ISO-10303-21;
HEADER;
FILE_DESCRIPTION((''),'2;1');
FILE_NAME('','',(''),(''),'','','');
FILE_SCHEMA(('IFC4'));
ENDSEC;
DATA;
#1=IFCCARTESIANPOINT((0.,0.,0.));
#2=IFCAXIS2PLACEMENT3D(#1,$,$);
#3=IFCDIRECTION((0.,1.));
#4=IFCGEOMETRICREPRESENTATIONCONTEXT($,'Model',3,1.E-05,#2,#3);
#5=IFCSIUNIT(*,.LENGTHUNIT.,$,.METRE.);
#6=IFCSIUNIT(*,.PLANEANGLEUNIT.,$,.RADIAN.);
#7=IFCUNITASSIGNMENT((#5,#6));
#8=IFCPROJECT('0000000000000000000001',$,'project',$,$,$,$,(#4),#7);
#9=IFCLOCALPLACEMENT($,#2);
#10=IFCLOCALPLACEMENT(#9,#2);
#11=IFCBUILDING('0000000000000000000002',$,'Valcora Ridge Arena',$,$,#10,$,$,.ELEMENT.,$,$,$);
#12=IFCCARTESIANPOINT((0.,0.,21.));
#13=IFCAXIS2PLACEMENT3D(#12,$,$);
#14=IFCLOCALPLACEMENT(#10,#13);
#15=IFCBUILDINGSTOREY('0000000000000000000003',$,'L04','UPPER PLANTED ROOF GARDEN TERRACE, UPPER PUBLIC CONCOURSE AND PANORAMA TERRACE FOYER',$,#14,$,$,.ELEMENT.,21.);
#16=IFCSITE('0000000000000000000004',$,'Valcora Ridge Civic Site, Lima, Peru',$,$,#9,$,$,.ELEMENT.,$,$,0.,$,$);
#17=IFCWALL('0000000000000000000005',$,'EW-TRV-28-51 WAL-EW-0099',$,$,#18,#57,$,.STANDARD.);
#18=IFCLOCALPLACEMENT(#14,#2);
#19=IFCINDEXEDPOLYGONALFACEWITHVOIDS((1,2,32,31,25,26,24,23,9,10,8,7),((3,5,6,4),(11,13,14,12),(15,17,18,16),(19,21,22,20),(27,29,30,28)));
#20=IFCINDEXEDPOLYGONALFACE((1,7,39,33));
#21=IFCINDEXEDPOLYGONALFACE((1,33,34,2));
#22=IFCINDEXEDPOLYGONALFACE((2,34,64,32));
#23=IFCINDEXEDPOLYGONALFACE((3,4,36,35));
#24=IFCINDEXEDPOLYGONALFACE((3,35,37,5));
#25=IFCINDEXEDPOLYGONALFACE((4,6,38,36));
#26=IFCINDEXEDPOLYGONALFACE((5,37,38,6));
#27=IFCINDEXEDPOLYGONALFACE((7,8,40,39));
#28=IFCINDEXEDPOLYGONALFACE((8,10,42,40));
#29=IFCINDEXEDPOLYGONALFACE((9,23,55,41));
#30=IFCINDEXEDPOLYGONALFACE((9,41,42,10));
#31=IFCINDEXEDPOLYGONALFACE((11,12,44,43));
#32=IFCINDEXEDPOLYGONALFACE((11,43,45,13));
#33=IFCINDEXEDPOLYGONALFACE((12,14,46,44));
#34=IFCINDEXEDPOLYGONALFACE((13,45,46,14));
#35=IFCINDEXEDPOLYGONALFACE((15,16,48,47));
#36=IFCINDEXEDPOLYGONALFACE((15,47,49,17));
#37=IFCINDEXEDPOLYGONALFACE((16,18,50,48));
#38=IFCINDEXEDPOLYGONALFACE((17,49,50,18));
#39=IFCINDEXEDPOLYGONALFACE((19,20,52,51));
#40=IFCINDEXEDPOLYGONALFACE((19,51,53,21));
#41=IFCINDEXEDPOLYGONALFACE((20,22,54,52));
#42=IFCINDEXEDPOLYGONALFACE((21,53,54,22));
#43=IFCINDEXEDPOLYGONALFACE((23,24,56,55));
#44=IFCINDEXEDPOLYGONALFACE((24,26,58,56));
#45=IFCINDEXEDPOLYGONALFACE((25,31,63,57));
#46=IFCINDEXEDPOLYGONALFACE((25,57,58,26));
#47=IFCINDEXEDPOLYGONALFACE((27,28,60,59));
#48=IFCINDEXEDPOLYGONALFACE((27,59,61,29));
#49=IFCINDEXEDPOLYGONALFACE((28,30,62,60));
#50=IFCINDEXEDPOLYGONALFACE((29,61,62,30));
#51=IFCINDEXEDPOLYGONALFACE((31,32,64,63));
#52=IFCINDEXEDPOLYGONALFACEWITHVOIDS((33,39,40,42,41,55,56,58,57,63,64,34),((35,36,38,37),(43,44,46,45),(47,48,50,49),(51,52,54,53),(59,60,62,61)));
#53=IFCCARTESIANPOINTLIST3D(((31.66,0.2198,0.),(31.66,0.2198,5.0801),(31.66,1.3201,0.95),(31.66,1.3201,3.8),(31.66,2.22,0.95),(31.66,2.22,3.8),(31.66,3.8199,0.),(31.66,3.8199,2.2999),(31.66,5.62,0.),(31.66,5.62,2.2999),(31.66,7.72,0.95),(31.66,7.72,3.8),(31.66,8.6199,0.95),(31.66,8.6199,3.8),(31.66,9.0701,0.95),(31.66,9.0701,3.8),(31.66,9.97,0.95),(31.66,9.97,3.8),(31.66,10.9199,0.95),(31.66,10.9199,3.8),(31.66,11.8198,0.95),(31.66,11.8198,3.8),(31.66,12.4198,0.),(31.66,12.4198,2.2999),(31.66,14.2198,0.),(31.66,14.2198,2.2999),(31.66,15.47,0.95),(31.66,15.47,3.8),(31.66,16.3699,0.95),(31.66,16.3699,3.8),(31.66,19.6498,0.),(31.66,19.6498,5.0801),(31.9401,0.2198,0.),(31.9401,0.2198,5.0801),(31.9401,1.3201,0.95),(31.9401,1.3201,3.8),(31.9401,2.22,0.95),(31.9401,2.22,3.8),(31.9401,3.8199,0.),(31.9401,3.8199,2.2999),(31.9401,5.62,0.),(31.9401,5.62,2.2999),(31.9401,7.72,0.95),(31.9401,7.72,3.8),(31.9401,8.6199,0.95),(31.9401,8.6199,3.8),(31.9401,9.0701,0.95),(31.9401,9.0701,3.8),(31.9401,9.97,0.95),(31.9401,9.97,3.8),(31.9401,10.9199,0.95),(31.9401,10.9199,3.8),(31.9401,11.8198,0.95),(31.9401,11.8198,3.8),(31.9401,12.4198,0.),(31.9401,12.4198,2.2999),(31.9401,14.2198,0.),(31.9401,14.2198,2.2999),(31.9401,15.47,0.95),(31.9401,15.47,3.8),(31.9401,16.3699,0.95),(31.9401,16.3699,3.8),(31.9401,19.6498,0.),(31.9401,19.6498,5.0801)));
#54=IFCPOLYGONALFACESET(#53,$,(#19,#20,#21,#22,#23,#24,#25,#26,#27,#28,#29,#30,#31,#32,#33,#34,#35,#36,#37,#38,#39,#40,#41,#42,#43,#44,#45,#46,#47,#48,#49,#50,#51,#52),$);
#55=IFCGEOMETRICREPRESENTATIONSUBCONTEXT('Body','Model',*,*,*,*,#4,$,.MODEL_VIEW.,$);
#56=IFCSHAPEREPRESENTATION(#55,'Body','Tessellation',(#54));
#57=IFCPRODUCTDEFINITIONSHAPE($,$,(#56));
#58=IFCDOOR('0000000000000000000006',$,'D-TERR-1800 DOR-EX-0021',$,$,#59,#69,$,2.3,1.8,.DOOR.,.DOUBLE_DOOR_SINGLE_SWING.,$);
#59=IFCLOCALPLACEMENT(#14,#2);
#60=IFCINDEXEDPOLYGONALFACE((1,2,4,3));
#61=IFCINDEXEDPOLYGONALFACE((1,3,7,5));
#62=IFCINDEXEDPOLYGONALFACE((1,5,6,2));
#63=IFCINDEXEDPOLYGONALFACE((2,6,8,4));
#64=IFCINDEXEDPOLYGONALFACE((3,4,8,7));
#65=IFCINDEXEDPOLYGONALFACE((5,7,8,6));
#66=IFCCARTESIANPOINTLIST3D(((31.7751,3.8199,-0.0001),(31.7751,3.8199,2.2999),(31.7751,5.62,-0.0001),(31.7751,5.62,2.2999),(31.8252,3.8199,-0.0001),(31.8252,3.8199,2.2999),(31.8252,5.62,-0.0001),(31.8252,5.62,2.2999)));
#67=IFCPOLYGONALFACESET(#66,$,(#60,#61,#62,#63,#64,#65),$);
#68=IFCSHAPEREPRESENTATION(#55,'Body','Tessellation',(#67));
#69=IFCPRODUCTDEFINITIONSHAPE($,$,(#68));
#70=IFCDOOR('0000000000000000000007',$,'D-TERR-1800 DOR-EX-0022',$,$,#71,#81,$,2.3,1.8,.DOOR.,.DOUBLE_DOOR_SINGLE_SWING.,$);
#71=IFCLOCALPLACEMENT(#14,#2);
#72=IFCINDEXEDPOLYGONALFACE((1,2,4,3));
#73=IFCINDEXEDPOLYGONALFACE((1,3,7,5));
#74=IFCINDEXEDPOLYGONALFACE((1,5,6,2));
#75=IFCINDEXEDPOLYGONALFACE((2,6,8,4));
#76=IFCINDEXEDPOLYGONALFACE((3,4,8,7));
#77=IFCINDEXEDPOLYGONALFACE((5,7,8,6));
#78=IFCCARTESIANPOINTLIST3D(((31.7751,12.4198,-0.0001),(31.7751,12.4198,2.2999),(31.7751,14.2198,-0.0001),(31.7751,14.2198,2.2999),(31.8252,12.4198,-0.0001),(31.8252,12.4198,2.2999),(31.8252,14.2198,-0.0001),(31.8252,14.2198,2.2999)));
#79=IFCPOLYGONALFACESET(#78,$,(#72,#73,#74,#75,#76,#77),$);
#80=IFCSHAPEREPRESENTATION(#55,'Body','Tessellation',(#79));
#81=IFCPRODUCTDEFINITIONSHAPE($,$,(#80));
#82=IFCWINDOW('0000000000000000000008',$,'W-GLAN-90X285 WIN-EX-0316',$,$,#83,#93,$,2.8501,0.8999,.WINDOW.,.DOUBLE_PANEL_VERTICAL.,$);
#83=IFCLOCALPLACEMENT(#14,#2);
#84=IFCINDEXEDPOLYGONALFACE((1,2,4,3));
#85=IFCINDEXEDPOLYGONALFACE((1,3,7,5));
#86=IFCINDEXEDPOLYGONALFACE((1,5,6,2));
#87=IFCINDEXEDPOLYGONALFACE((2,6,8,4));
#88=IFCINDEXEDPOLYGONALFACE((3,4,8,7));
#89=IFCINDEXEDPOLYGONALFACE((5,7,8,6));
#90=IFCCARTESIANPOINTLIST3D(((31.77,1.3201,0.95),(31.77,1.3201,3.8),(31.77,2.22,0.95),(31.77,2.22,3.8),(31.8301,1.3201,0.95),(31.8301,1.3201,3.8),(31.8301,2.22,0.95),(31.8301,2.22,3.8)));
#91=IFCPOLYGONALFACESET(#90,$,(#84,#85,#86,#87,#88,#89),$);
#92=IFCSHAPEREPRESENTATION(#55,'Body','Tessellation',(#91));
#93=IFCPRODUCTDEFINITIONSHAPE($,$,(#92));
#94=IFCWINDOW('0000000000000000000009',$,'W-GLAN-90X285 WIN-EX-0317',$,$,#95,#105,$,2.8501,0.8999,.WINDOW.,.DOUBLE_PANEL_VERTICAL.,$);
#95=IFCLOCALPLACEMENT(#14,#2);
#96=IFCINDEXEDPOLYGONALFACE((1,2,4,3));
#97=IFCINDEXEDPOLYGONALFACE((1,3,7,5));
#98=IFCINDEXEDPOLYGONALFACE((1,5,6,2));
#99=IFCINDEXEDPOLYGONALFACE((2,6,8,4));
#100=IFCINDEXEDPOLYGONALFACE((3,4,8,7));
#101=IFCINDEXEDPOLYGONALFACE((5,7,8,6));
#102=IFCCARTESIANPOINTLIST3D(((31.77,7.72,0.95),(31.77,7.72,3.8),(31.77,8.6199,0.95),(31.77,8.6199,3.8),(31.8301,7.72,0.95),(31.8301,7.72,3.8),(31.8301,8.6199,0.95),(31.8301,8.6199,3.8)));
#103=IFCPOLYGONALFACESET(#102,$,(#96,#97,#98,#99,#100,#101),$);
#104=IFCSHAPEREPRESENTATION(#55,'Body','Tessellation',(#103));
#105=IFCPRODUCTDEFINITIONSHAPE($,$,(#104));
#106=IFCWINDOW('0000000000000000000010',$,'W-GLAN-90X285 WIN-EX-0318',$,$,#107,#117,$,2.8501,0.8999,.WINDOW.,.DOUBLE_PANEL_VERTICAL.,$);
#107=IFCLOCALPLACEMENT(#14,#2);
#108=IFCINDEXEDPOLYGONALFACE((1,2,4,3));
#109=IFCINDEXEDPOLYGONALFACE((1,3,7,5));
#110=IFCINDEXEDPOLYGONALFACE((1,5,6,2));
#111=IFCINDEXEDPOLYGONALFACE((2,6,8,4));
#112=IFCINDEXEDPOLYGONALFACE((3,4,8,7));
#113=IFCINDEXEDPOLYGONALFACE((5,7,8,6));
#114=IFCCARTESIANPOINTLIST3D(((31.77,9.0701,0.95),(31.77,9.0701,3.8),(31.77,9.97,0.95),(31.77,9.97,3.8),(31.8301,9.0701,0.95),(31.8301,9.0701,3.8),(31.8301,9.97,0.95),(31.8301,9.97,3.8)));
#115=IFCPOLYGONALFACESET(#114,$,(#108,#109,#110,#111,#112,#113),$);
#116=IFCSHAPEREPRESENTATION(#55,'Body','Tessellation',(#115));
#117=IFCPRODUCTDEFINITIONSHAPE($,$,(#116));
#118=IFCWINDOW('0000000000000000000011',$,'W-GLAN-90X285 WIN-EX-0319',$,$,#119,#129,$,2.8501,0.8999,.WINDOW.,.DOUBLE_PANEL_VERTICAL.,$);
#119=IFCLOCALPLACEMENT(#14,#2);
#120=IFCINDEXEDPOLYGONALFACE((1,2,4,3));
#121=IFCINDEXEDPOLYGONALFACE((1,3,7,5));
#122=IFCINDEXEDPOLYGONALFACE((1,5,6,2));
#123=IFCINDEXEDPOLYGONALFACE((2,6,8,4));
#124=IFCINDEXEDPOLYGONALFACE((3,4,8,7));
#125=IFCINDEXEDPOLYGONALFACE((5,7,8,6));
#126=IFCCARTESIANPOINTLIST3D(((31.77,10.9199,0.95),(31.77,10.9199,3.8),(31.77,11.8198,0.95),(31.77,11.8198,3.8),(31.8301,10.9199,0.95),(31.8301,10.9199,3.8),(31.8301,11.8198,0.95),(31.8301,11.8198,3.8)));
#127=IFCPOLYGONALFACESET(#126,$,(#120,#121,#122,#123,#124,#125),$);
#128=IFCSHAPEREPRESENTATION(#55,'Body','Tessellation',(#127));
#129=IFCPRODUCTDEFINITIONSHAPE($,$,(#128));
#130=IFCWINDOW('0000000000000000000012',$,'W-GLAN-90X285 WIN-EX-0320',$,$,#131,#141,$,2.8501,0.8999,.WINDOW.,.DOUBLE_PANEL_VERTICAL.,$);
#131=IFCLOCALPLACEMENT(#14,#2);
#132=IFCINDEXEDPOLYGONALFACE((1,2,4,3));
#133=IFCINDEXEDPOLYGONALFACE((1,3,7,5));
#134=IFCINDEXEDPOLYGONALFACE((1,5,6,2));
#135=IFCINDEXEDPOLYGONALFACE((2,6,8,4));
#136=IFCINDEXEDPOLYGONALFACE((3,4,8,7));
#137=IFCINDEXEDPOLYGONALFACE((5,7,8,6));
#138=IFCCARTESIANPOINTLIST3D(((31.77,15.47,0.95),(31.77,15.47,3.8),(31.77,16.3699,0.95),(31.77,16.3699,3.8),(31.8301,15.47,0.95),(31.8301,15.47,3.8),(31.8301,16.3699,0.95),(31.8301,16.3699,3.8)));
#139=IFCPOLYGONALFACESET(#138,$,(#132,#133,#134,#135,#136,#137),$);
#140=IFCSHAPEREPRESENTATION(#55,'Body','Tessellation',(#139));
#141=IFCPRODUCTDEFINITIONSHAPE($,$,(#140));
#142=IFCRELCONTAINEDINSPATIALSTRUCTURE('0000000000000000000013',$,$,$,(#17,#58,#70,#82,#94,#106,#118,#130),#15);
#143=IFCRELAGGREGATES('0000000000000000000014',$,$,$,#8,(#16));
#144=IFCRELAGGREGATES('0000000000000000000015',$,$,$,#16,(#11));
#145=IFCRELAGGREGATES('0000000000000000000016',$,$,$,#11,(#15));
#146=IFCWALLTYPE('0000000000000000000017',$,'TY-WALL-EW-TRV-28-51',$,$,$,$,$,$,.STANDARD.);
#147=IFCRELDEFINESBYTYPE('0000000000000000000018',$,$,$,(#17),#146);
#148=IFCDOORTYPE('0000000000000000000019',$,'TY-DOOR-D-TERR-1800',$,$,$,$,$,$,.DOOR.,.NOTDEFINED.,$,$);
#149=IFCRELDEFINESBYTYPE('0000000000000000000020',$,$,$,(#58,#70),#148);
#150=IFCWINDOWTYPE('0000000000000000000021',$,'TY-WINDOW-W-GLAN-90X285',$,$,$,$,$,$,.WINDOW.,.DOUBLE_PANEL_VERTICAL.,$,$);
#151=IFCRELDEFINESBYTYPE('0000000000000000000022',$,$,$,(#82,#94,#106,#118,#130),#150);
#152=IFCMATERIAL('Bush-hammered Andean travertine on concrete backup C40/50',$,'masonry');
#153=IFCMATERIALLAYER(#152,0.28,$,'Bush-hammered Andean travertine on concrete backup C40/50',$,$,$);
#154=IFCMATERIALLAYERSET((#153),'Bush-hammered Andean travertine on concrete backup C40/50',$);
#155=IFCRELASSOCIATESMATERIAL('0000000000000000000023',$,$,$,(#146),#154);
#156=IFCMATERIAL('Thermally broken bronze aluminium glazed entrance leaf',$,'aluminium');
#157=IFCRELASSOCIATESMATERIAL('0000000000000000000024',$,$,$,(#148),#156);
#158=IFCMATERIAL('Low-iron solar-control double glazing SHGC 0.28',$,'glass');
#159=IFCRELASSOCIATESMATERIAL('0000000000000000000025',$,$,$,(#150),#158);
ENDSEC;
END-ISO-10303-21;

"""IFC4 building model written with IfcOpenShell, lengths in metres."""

from ifc_helpers import new_model, si_unit, direction, frame, frame_2d, origin, place, context, subcontext, project, spatial, rectangle, extrude, material, layer, layer_set, type_object, element, fill, save


model = new_model("IFC4")

# Units and contexts
model_context = context("Model", 3, precision=1e-05, world=origin(), true_north=direction((0.0, 1.0)))
body_context = subcontext(model_context, "Body", "Model", "MODEL_VIEW")
ifc_project = project(units=[si_unit("LENGTHUNIT", "METRE"), si_unit("PLANEANGLEUNIT", "RADIAN")], contexts=[model_context])

# Site, building, storey
site_placement = place(None, origin())
site = spatial("IfcSite", under=ifc_project, at=site_placement, Name="Valcora Ridge Civic Site, Lima, Peru", CompositionType="ELEMENT", RefElevation=0.0)
building_placement = place(site_placement, origin())
building = spatial("IfcBuilding", under=site, at=building_placement, Name="Valcora Ridge Arena", CompositionType="ELEMENT")
storey_placement = place(building_placement, frame((0.0, 0.0, 21.0)))
storey = spatial("IfcBuildingStorey", under=building, at=storey_placement, Name="L04", Description="UPPER PLANTED ROOF GARDEN TERRACE, UPPER PUBLIC CONCOURSE AND PANORAMA TERRACE FOYER", CompositionType="ELEMENT", Elevation=21.0)

# Shared definitions
ifc_material_1 = material(Name="Low-iron solar-control double glazing SHGC 0.28", Category="glass")

# Wall, openings, doors, windows
ifc_material_2 = material(Name="Bush-hammered Andean travertine on concrete backup C40/50", Category="masonry")
ifc_layer_1 = layer(ifc_material_2, 0.28, Name="Bush-hammered Andean travertine on concrete backup C40/50")
ifc_layer_set_1 = layer_set([ifc_layer_1], Name="Bush-hammered Andean travertine on concrete backup C40/50")
wall_type_1 = type_object("IfcWallType", Name="TY-WALL-EW-TRV-28-51", PredefinedType="STANDARD", material=ifc_layer_set_1)
wall_1_placement = place(storey_placement, frame((31.8, 0.22, 0.0), z_axis=(0.0, 0.0, 1.0), x_axis=(0.0, 1.0, 0.0)))
wall_1 = element("IfcWall", 1, at=wall_1_placement, inside=storey, type_object=wall_type_1, Name="EW-TRV-28-51 WAL-EW-0099", PredefinedType="STANDARD", context=body_context, shape_type="SweptSolid", body=[
    extrude(rectangle(XDim=19.4299, YDim=0.28, at=frame_2d((9.7148, 0.0))), origin(), (0.0, 0.0, 1.0), 5.0801),
])
opening_1_placement = place(wall_1_placement, frame((3.6001, 0.0, 0.0)))
opening_1 = element("IfcOpeningElement", 2, at=opening_1_placement, cuts=wall_1, PredefinedType="OPENING", context=body_context, shape_type="SweptSolid", body=[
    extrude(rectangle(XDim=1.8, YDim=2.3, at=frame_2d((0.8999, 1.1499))), frame((0.0, 0.1499, 0.0), z_axis=(0.0, -1.0, 0.0), x_axis=(1.0, 0.0, 0.0)), (0.0, 0.0, 1.0), 0.3),
])
opening_2_placement = place(wall_1_placement, frame((12.2, 0.0, 0.0)))
opening_2 = element("IfcOpeningElement", 3, at=opening_2_placement, cuts=wall_1, PredefinedType="OPENING", context=body_context, shape_type="SweptSolid", body=[
    extrude(rectangle(XDim=1.8, YDim=2.3, at=frame_2d((0.8999, 1.1499))), frame((0.0, 0.1499, 0.0), z_axis=(0.0, -1.0, 0.0), x_axis=(1.0, 0.0, 0.0)), (0.0, 0.0, 1.0), 0.3),
])
opening_3_placement = place(wall_1_placement, frame((1.1001, 0.0, 0.95)))
opening_3 = element("IfcOpeningElement", 4, at=opening_3_placement, cuts=wall_1, PredefinedType="OPENING", context=body_context, shape_type="SweptSolid", body=[
    extrude(rectangle(XDim=0.8999, YDim=2.8501, at=frame_2d((0.45, 1.425))), frame((0.0, 0.1499, 0.0), z_axis=(0.0, -1.0, 0.0), x_axis=(1.0, 0.0, 0.0)), (0.0, 0.0, 1.0), 0.3),
])
opening_4_placement = place(wall_1_placement, frame((7.5, 0.0, 0.95)))
opening_4 = element("IfcOpeningElement", 5, at=opening_4_placement, cuts=wall_1, PredefinedType="OPENING", context=body_context, shape_type="SweptSolid", body=[
    extrude(rectangle(XDim=0.8999, YDim=2.8501, at=frame_2d((0.45, 1.425))), frame((0.0, 0.1499, 0.0), z_axis=(0.0, -1.0, 0.0), x_axis=(1.0, 0.0, 0.0)), (0.0, 0.0, 1.0), 0.3),
])
opening_5_placement = place(wall_1_placement, frame((8.8501, 0.0, 0.95)))
opening_5 = element("IfcOpeningElement", 6, at=opening_5_placement, cuts=wall_1, PredefinedType="OPENING", context=body_context, shape_type="SweptSolid", body=[
    extrude(rectangle(XDim=0.8999, YDim=2.8501, at=frame_2d((0.45, 1.425))), frame((0.0, 0.1499, 0.0), z_axis=(0.0, -1.0, 0.0), x_axis=(1.0, 0.0, 0.0)), (0.0, 0.0, 1.0), 0.3),
])
opening_6_placement = place(wall_1_placement, frame((10.7, 0.0, 0.95)))
opening_6 = element("IfcOpeningElement", 7, at=opening_6_placement, cuts=wall_1, PredefinedType="OPENING", context=body_context, shape_type="SweptSolid", body=[
    extrude(rectangle(XDim=0.8999, YDim=2.8501, at=frame_2d((0.45, 1.425))), frame((0.0, 0.1499, 0.0), z_axis=(0.0, -1.0, 0.0), x_axis=(1.0, 0.0, 0.0)), (0.0, 0.0, 1.0), 0.3),
])
opening_7_placement = place(wall_1_placement, frame((15.25, 0.0, 0.95)))
opening_7 = element("IfcOpeningElement", 8, at=opening_7_placement, cuts=wall_1, PredefinedType="OPENING", context=body_context, shape_type="SweptSolid", body=[
    extrude(rectangle(XDim=0.8999, YDim=2.8501, at=frame_2d((0.45, 1.425))), frame((0.0, 0.1499, 0.0), z_axis=(0.0, -1.0, 0.0), x_axis=(1.0, 0.0, 0.0)), (0.0, 0.0, 1.0), 0.3),
])
ifc_material_3 = material(Name="Thermally broken bronze aluminium glazed entrance leaf", Category="aluminium")
door_type_1 = type_object("IfcDoorType", Name="TY-DOOR-D-TERR-1800", OperationType="NOTDEFINED", PredefinedType="DOOR", material=ifc_material_3)
door_1_placement = place(opening_1_placement, origin())
door_1 = element("IfcDoor", 9, at=door_1_placement, inside=storey, type_object=door_type_1, Name="D-TERR-1800 DOR-EX-0021", OperationType="DOUBLE_DOOR_SINGLE_SWING", OverallHeight=2.3, OverallWidth=1.8, PredefinedType="DOOR", context=body_context, shape_type="SweptSolid", body=[
    extrude(rectangle(XDim=1.8, YDim=2.3, at=frame_2d((0.8999, 1.1499))), frame((0.0, 0.0249, 0.0), z_axis=(0.0, -1.0, 0.0), x_axis=(1.0, 0.0, 0.0)), (0.0, 0.0, 1.0), 0.05),
])
fill(opening_1, door_1)
door_2_placement = place(opening_2_placement, origin())
door_2 = element("IfcDoor", 10, at=door_2_placement, inside=storey, type_object=door_type_1, Name="D-TERR-1800 DOR-EX-0022", OperationType="DOUBLE_DOOR_SINGLE_SWING", OverallHeight=2.3, OverallWidth=1.8, PredefinedType="DOOR", context=body_context, shape_type="SweptSolid", body=[
    extrude(rectangle(XDim=1.8, YDim=2.3, at=frame_2d((0.8999, 1.1499))), frame((0.0, 0.0249, 0.0), z_axis=(0.0, -1.0, 0.0), x_axis=(1.0, 0.0, 0.0)), (0.0, 0.0, 1.0), 0.05),
])
fill(opening_2, door_2)
window_type = type_object("IfcWindowType", Name="TY-WINDOW-W-GLAN-90X285", PartitioningType="DOUBLE_PANEL_VERTICAL", PredefinedType="WINDOW", material=ifc_material_1)
window_1_placement = place(opening_3_placement, origin())
window_1 = element("IfcWindow", 11, at=window_1_placement, inside=storey, type_object=window_type, Name="W-GLAN-90X285 WIN-EX-0316", OverallHeight=2.8501, OverallWidth=0.8999, PartitioningType="DOUBLE_PANEL_VERTICAL", PredefinedType="WINDOW", context=body_context, shape_type="SweptSolid", body=[
    extrude(rectangle(XDim=0.8999, YDim=2.8501, at=frame_2d((0.45, 1.425))), frame((0.0, 0.03, 0.0), z_axis=(0.0, -1.0, 0.0), x_axis=(1.0, 0.0, 0.0)), (0.0, 0.0, 1.0), 0.0601),
])
fill(opening_3, window_1)
window_2_placement = place(opening_4_placement, origin())
window_2 = element("IfcWindow", 12, at=window_2_placement, inside=storey, type_object=window_type, Name="W-GLAN-90X285 WIN-EX-0317", OverallHeight=2.8501, OverallWidth=0.8999, PartitioningType="DOUBLE_PANEL_VERTICAL", PredefinedType="WINDOW", context=body_context, shape_type="SweptSolid", body=[
    extrude(rectangle(XDim=0.8999, YDim=2.8501, at=frame_2d((0.45, 1.425))), frame((0.0, 0.03, 0.0), z_axis=(0.0, -1.0, 0.0), x_axis=(1.0, 0.0, 0.0)), (0.0, 0.0, 1.0), 0.0601),
])
fill(opening_4, window_2)
window_3_placement = place(opening_5_placement, origin())
window_3 = element("IfcWindow", 13, at=window_3_placement, inside=storey, type_object=window_type, Name="W-GLAN-90X285 WIN-EX-0318", OverallHeight=2.8501, OverallWidth=0.8999, PartitioningType="DOUBLE_PANEL_VERTICAL", PredefinedType="WINDOW", context=body_context, shape_type="SweptSolid", body=[
    extrude(rectangle(XDim=0.8999, YDim=2.8501, at=frame_2d((0.45, 1.425))), frame((0.0, 0.03, 0.0), z_axis=(0.0, -1.0, 0.0), x_axis=(1.0, 0.0, 0.0)), (0.0, 0.0, 1.0), 0.0601),
])
fill(opening_5, window_3)
window_4_placement = place(opening_6_placement, origin())
window_4 = element("IfcWindow", 14, at=window_4_placement, inside=storey, type_object=window_type, Name="W-GLAN-90X285 WIN-EX-0319", OverallHeight=2.8501, OverallWidth=0.8999, PartitioningType="DOUBLE_PANEL_VERTICAL", PredefinedType="WINDOW", context=body_context, shape_type="SweptSolid", body=[
    extrude(rectangle(XDim=0.8999, YDim=2.8501, at=frame_2d((0.45, 1.425))), frame((0.0, 0.03, 0.0), z_axis=(0.0, -1.0, 0.0), x_axis=(1.0, 0.0, 0.0)), (0.0, 0.0, 1.0), 0.0601),
])
fill(opening_6, window_4)
window_5_placement = place(opening_7_placement, origin())
window_5 = element("IfcWindow", 15, at=window_5_placement, inside=storey, type_object=window_type, Name="W-GLAN-90X285 WIN-EX-0320", OverallHeight=2.8501, OverallWidth=0.8999, PartitioningType="DOUBLE_PANEL_VERTICAL", PredefinedType="WINDOW", context=body_context, shape_type="SweptSolid", body=[
    extrude(rectangle(XDim=0.8999, YDim=2.8501, at=frame_2d((0.45, 1.425))), frame((0.0, 0.03, 0.0), z_axis=(0.0, -1.0, 0.0), x_axis=(1.0, 0.0, 0.0)), (0.0, 0.0, 1.0), 0.0601),
])
fill(opening_7, window_5)

save(model, "model.ifc")
